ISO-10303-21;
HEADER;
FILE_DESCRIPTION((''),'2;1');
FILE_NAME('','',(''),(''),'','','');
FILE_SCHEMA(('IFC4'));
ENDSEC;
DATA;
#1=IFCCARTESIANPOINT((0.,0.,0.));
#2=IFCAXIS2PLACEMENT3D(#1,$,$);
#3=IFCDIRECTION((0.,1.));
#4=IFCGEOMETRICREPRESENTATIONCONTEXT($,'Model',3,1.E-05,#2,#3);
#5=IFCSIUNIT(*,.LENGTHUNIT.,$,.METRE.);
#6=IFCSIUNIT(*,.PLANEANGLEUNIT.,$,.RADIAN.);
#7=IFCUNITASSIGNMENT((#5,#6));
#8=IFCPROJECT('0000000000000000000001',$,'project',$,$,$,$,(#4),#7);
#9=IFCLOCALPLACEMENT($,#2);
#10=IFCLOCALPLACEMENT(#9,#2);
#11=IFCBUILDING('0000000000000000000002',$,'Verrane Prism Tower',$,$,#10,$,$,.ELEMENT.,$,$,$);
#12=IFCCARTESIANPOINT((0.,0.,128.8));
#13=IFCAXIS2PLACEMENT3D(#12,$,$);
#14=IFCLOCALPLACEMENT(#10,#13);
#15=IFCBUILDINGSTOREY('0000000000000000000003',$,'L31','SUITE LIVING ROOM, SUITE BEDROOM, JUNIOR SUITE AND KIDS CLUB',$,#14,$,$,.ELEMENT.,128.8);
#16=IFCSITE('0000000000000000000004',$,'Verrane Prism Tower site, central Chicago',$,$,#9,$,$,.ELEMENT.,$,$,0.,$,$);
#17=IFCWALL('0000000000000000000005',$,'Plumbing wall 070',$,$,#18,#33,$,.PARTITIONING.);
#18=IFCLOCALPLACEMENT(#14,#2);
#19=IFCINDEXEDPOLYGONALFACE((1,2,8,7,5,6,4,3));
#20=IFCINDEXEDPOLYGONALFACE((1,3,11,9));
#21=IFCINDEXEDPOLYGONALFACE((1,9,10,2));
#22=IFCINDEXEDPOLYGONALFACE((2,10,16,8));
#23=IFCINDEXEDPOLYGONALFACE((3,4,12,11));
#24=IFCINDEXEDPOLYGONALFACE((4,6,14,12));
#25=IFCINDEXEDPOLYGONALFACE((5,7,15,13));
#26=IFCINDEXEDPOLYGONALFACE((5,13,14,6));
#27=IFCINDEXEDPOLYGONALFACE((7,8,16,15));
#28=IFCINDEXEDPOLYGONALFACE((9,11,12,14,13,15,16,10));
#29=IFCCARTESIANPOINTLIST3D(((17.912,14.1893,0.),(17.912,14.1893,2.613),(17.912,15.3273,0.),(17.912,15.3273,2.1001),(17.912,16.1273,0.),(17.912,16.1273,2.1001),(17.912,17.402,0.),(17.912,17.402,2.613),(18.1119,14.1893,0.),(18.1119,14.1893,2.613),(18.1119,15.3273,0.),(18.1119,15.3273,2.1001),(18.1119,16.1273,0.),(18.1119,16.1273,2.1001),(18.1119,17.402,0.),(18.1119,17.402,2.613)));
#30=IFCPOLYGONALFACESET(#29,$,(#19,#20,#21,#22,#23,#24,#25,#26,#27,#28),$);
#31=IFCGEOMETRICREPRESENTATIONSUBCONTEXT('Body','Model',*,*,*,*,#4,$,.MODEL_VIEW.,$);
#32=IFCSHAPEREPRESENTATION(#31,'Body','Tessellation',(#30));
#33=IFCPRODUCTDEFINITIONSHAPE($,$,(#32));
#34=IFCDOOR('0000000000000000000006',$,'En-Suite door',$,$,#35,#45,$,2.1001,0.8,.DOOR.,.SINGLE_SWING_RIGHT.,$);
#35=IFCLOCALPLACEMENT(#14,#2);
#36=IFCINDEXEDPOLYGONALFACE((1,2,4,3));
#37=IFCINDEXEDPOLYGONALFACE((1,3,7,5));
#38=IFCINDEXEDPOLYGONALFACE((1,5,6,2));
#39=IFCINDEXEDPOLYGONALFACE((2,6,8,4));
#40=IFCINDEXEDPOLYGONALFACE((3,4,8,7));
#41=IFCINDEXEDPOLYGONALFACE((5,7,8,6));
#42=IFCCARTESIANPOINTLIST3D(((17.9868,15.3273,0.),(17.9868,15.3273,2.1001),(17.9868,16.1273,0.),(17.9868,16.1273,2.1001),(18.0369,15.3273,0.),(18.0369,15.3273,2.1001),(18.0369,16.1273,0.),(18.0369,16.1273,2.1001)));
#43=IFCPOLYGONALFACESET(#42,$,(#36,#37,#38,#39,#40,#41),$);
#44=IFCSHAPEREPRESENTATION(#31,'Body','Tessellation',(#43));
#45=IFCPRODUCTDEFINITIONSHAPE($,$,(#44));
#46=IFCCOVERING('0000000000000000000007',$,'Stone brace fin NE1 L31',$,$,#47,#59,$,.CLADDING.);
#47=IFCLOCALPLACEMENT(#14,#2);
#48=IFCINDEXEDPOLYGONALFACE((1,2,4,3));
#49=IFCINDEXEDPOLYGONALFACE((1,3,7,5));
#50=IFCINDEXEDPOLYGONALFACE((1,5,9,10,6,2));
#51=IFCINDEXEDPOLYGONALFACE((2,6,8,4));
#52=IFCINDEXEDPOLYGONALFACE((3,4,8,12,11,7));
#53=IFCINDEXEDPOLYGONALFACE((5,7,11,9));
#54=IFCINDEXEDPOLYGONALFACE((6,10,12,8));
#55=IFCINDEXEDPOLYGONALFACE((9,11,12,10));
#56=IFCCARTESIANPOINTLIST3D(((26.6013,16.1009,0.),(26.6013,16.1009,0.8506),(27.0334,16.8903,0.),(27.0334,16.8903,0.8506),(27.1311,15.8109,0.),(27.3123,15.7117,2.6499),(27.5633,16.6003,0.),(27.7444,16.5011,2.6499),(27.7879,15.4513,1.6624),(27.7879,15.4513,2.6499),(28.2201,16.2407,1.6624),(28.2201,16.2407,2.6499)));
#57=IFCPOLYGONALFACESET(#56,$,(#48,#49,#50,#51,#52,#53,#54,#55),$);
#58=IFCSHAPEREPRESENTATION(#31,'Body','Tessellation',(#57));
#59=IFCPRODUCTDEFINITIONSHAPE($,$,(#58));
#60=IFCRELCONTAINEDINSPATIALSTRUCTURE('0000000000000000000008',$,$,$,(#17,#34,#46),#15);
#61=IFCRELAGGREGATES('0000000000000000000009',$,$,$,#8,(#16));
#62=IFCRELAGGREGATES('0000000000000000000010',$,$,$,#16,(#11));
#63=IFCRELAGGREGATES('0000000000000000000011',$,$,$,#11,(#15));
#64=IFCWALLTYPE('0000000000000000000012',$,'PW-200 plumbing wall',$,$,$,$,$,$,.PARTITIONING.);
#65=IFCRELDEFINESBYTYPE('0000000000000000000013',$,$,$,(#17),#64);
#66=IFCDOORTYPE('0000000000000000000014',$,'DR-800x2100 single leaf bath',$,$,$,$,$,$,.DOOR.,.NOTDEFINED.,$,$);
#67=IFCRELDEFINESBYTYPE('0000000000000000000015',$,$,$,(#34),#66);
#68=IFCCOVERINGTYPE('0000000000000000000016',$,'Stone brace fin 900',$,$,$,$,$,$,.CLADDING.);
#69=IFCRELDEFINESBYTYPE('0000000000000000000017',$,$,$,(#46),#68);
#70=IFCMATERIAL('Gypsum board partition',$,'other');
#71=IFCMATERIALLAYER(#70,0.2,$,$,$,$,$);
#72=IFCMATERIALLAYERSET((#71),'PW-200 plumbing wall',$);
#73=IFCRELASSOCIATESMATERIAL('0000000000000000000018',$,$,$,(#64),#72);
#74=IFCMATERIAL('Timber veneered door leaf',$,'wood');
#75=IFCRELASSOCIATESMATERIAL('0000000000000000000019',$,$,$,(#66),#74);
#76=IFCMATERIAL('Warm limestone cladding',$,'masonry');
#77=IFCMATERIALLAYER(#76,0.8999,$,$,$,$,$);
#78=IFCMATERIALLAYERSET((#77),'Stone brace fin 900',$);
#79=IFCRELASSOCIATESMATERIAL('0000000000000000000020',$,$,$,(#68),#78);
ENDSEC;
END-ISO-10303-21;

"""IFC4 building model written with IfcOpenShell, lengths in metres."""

from ifc_helpers import new_model, si_unit, direction, frame, frame_2d, origin, place, context, subcontext, project, spatial, polyline, rectangle, outline, extrude, material, layer, layer_set, type_object, element, fill, save


model = new_model("IFC4")

# Units and contexts
model_context = context("Model", 3, precision=1e-05, world=origin(), true_north=direction((0.0, 1.0)))
body_context = subcontext(model_context, "Body", "Model", "MODEL_VIEW")
ifc_project = project(units=[si_unit("LENGTHUNIT", "METRE"), si_unit("PLANEANGLEUNIT", "RADIAN")], contexts=[model_context])

# Site, building, storey
site_placement = place(None, origin())
site = spatial("IfcSite", under=ifc_project, at=site_placement, Name="Verrane Prism Tower site, central Chicago", CompositionType="ELEMENT", RefElevation=0.0)
building_placement = place(site_placement, origin())
building = spatial("IfcBuilding", under=site, at=building_placement, Name="Verrane Prism Tower", CompositionType="ELEMENT")
storey_placement = place(building_placement, frame((0.0, 0.0, 128.8)))
storey = spatial("IfcBuildingStorey", under=building, at=storey_placement, Name="L31", Description="SUITE LIVING ROOM, SUITE BEDROOM, JUNIOR SUITE AND KIDS CLUB", CompositionType="ELEMENT", Elevation=128.8)

# Wall, opening, door
ifc_material_1 = material(Name="Gypsum board partition", Category="other")
ifc_layer_1 = layer(ifc_material_1, 0.2)
ifc_layer_set_1 = layer_set([ifc_layer_1], Name="PW-200 plumbing wall")
wall_type_1 = type_object("IfcWallType", Name="PW-200 plumbing wall", PredefinedType="PARTITIONING", material=ifc_layer_set_1)
wall_1_placement = place(storey_placement, frame((18.012, 17.4021, 0.0), z_axis=(0.0, 0.0, 1.0), x_axis=(0.0, -1.0, 0.0)))
wall_1 = element("IfcWall", 1, at=wall_1_placement, inside=storey, type_object=wall_type_1, Name="Plumbing wall 070", PredefinedType="PARTITIONING", context=body_context, shape_type="SweptSolid", body=[
    extrude(rectangle(XDim=3.2126, YDim=0.2, at=frame_2d((1.6064, 0.0))), origin(), (0.0, 0.0, 1.0), 2.613),
])
opening_placement = place(wall_1_placement, frame((1.2749, 0.0, 0.0)))
opening = element("IfcOpeningElement", 2, at=opening_placement, cuts=wall_1, PredefinedType="OPENING", context=body_context, shape_type="SweptSolid", body=[
    extrude(rectangle(XDim=0.8, YDim=2.1001, at=frame_2d((0.3999, 1.05))), frame((0.0, 0.1099, 0.0), z_axis=(0.0, -1.0, 0.0), x_axis=(1.0, 0.0, 0.0)), (0.0, 0.0, 1.0), 0.22),
])
ifc_material_2 = material(Name="Timber veneered door leaf", Category="wood")
door_type = type_object("IfcDoorType", Name="DR-800x2100 single leaf bath", OperationType="NOTDEFINED", PredefinedType="DOOR", material=ifc_material_2)
door_placement = place(opening_placement, origin())
door = element("IfcDoor", 3, at=door_placement, inside=storey, type_object=door_type, Name="En-Suite door", OperationType="SINGLE_SWING_RIGHT", OverallHeight=2.1001, OverallWidth=0.8, PredefinedType="DOOR", context=body_context, shape_type="SweptSolid", body=[
    extrude(rectangle(XDim=0.8, YDim=2.1001, at=frame_2d((0.3999, 1.05))), frame((0.0, 0.0249, 0.0), z_axis=(0.0, -1.0, 0.0), x_axis=(1.0, 0.0, 0.0)), (0.0, 0.0, 1.0), 0.05),
])
fill(opening, door)

# Covering
ifc_material_3 = material(Name="Warm limestone cladding", Category="masonry")
ifc_layer_2 = layer(ifc_material_3, 0.8999)
ifc_layer_set_2 = layer_set([ifc_layer_2], Name="Stone brace fin 900")
covering_type = type_object("IfcCoveringType", Name="Stone brace fin 900", PredefinedType="CLADDING", material=ifc_layer_set_2)
covering_placement = place(storey_placement, frame((26.8174, 16.4956, 0.0), z_axis=(0.0, 0.0, 1.0), x_axis=(0.87717, -0.480179, 0.0)))
element("IfcCovering", 4, at=covering_placement, inside=storey, type_object=covering_type, Name="Stone brace fin NE1 L31", PredefinedType="CLADDING", context=body_context, shape_type="SweptSolid", body=[
    extrude(outline(polyline([(1.3528, 2.6499), (0.8105, 2.6499), (0.0, 0.8506), (0.0, 0.0), (0.604, 0.0), (1.3528, 1.6624), (1.3528, 2.6499)])), frame((0.0, 0.45, 0.0), z_axis=(0.0, -1.0, 0.0), x_axis=(1.0, 0.0, 0.0)), (0.0, 0.0, 1.0), 0.8999),
])

save(model, "model.ifc")
